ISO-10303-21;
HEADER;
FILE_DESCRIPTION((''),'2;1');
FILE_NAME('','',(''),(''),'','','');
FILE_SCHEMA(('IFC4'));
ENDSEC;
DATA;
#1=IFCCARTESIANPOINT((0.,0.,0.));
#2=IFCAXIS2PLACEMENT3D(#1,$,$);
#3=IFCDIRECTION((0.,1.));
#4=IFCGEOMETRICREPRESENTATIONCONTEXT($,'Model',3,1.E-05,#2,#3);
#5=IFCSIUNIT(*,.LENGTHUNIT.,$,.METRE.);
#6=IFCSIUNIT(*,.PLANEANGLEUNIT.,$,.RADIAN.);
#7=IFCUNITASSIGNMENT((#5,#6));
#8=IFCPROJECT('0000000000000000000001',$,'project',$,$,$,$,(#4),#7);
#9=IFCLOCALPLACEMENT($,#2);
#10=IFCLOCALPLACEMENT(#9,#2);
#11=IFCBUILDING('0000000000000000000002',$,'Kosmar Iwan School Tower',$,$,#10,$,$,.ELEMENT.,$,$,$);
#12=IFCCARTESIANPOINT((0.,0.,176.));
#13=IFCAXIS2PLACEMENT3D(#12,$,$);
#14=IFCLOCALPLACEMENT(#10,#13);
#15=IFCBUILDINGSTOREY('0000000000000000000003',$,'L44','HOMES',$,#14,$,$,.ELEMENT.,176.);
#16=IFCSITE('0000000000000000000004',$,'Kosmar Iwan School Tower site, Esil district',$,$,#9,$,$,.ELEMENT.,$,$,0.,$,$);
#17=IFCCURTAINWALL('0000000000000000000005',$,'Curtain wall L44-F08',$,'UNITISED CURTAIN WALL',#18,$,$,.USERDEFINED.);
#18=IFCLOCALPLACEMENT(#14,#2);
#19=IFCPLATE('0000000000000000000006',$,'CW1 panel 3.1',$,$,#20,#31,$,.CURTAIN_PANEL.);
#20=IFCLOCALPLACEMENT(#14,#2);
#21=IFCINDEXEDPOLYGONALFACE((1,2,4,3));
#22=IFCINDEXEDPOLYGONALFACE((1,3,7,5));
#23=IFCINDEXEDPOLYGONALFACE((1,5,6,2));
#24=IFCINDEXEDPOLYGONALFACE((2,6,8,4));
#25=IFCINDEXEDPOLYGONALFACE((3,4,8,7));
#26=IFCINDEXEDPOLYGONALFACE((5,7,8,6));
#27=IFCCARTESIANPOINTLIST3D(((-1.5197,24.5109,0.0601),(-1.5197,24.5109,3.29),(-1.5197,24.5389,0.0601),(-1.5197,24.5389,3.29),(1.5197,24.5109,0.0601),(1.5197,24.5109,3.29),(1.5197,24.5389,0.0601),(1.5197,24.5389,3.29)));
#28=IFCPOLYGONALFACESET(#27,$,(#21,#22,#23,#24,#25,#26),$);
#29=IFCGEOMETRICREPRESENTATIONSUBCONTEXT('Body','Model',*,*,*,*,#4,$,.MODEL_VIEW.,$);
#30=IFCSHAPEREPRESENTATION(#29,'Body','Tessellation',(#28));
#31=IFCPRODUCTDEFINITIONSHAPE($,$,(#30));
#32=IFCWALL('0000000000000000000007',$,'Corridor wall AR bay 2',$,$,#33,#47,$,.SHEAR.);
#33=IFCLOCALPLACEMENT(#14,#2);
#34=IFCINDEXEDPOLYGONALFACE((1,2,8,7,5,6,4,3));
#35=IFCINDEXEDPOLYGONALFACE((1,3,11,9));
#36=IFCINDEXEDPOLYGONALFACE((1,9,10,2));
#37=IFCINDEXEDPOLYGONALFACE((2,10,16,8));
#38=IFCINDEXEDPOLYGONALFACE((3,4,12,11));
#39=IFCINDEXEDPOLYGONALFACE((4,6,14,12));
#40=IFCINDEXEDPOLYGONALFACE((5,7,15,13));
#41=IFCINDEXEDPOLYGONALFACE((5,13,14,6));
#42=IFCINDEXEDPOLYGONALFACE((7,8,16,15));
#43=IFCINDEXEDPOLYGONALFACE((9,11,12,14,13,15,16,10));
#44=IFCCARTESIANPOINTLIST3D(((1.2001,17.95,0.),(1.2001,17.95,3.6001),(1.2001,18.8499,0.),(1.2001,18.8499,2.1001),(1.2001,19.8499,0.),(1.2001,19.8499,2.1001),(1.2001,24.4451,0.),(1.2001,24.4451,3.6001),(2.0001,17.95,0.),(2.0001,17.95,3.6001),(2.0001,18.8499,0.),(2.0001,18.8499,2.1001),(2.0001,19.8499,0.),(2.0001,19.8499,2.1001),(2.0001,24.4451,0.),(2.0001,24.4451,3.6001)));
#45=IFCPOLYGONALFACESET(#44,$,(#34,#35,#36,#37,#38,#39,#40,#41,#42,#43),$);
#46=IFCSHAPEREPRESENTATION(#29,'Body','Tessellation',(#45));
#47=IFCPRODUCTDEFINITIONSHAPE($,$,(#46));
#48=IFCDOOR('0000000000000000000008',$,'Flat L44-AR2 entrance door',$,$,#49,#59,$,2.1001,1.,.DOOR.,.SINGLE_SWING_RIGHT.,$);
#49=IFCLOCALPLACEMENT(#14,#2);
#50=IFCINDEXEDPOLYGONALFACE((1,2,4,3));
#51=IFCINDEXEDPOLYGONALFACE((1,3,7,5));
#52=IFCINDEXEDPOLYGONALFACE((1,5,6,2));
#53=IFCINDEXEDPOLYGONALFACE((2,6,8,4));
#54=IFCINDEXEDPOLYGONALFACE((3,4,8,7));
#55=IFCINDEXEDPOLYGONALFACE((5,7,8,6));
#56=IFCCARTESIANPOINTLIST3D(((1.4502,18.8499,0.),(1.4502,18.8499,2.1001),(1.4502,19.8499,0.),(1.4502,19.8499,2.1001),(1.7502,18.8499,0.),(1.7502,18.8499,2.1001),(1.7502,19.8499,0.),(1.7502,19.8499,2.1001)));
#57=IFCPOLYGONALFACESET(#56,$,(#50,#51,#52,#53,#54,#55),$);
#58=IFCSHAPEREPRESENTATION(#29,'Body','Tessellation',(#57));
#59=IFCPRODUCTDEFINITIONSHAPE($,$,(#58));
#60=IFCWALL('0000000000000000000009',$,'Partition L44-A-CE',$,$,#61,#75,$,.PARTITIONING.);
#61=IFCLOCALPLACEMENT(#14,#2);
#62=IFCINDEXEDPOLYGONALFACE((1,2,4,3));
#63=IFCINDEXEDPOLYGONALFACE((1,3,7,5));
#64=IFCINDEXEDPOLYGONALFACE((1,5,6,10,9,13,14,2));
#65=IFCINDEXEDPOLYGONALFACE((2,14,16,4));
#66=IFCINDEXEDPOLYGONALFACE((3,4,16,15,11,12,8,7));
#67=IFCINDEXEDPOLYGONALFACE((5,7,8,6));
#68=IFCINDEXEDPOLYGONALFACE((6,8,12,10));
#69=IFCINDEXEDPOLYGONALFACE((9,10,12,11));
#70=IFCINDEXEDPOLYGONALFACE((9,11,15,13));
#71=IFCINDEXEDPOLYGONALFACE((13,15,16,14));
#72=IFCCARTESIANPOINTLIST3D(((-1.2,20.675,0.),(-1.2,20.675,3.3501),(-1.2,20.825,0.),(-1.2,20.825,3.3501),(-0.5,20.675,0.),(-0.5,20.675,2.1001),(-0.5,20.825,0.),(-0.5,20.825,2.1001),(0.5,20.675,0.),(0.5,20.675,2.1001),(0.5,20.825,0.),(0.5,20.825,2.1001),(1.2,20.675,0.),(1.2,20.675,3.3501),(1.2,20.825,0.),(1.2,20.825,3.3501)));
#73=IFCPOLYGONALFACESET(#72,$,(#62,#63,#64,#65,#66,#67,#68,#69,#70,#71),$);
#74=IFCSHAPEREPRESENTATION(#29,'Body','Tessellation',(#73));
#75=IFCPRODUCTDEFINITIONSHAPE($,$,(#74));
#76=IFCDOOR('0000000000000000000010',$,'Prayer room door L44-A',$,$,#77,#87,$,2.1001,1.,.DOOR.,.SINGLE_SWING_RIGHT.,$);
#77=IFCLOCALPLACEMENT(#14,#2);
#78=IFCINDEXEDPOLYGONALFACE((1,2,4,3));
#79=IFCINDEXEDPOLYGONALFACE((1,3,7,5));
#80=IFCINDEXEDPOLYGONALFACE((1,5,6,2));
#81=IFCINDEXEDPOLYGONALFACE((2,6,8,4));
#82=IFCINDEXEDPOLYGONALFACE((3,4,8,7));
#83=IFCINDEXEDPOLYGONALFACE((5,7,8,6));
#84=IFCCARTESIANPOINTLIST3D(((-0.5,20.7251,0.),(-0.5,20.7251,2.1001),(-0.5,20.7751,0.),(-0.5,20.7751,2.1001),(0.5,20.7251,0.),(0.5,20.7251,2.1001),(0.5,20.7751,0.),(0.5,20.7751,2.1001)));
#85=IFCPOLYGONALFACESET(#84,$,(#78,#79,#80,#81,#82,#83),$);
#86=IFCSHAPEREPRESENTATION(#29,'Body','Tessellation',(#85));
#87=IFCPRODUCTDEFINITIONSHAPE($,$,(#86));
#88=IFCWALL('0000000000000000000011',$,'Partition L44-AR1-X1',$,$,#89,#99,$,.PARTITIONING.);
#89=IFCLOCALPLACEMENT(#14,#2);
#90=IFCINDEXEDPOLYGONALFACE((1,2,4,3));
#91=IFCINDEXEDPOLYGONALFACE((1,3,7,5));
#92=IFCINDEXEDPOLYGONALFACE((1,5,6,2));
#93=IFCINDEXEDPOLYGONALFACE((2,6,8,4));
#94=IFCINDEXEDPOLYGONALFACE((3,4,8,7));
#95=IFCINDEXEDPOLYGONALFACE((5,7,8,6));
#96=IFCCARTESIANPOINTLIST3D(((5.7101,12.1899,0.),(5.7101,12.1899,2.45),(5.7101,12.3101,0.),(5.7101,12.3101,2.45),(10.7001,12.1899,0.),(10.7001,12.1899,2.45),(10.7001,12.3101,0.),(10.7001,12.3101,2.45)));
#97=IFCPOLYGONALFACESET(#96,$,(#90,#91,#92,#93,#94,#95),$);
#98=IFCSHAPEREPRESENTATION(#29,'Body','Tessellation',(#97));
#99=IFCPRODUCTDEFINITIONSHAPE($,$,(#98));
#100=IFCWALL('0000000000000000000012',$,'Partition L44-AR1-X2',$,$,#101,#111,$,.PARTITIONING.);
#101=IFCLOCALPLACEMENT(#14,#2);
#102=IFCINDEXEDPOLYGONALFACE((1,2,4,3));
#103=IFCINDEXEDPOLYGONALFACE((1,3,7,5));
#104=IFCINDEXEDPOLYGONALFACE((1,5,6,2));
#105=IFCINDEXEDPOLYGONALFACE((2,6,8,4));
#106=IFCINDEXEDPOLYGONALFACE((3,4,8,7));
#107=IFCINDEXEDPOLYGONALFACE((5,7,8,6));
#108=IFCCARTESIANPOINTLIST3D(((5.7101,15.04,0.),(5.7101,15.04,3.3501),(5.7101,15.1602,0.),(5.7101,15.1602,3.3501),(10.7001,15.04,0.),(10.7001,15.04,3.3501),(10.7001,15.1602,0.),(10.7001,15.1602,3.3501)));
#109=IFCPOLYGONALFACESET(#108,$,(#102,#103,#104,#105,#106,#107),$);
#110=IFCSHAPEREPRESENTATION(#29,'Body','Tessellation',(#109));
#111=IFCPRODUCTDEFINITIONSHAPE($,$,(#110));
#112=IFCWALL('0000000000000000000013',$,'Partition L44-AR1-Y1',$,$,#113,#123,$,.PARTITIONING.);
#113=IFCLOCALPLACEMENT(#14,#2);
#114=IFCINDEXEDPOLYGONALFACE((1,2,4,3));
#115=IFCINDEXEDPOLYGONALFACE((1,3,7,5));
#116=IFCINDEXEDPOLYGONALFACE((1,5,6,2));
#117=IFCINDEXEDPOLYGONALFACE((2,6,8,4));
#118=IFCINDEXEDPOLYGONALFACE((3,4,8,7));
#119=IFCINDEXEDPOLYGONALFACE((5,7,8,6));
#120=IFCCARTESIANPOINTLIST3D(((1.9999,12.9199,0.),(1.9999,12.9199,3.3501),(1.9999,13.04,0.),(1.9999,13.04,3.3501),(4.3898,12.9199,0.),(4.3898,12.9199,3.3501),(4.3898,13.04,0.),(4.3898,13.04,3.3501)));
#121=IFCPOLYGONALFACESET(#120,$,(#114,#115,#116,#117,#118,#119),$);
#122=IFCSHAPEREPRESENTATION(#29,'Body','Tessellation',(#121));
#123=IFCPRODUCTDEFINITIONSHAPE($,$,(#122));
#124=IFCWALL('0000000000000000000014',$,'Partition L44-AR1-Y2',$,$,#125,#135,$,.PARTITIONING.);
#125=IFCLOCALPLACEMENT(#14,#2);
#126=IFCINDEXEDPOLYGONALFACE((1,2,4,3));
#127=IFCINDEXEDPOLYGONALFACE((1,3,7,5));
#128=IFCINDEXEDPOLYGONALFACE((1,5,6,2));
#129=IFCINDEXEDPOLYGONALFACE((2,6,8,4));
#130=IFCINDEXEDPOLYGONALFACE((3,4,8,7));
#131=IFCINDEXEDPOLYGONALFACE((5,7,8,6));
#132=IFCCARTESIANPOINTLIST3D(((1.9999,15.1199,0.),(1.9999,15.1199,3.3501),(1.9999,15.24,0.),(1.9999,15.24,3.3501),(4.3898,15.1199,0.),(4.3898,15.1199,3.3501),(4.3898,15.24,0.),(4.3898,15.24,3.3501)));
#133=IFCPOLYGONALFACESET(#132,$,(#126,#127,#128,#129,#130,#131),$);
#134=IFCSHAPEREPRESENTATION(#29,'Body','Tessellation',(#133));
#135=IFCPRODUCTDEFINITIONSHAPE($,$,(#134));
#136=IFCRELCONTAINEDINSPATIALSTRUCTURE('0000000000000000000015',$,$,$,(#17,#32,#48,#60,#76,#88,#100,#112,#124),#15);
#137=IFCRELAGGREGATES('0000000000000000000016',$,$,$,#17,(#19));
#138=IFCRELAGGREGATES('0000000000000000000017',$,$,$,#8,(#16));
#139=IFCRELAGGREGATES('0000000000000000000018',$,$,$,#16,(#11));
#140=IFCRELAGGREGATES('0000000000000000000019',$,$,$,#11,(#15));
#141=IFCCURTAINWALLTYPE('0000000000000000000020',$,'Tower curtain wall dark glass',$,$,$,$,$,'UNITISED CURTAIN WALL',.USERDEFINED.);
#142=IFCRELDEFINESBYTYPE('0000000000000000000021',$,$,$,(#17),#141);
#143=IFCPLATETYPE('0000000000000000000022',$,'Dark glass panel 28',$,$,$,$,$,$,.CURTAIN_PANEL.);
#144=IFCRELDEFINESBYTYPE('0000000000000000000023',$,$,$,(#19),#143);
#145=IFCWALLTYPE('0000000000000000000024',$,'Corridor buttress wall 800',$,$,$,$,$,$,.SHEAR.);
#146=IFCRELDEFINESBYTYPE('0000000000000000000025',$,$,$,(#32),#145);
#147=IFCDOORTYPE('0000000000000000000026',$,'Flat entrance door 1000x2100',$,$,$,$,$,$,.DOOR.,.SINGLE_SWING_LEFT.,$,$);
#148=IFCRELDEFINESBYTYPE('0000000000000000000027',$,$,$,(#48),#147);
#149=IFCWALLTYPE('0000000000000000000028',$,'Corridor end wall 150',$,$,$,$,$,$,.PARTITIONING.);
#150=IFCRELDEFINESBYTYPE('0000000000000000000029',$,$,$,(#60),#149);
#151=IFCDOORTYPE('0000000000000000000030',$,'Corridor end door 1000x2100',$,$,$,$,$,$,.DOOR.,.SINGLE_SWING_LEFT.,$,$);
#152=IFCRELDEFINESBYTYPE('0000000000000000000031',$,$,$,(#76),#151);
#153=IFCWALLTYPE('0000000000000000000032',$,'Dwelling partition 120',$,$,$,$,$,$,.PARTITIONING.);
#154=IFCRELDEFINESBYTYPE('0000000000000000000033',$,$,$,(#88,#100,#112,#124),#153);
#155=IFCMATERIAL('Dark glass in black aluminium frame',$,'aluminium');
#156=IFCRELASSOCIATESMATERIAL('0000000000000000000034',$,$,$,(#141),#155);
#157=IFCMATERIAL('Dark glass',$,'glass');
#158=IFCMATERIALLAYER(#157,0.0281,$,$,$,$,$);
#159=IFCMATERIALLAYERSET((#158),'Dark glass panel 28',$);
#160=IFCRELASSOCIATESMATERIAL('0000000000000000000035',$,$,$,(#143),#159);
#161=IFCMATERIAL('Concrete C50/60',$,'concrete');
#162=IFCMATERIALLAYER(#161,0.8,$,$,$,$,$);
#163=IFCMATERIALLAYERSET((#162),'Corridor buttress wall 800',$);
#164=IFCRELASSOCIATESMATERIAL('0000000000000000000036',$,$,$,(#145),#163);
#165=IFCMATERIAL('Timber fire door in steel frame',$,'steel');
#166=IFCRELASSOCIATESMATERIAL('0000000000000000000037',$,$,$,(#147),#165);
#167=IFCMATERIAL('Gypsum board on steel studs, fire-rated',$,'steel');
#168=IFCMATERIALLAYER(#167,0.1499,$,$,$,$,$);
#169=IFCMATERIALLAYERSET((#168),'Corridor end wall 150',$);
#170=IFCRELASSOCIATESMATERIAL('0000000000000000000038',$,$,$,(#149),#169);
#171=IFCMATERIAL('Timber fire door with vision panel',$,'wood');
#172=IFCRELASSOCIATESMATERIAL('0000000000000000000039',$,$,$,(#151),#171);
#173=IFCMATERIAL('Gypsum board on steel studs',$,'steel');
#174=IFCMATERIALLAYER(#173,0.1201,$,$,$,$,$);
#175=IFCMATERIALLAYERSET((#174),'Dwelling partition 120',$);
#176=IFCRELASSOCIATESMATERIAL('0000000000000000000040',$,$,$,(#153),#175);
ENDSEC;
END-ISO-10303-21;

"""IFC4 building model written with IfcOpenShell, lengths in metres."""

from ifc_helpers import new_model, si_unit, direction, frame, frame_2d, origin, origin_2d, place, context, subcontext, project, spatial, rectangle, extrude, material, layer, layer_set, type_object, element, fill, aggregate, save


model = new_model("IFC4")

# Units and contexts
model_context = context("Model", 3, precision=1e-05, world=origin(), true_north=direction((0.0, 1.0)))
body_context = subcontext(model_context, "Body", "Model", "MODEL_VIEW")
ifc_project = project(units=[si_unit("LENGTHUNIT", "METRE"), si_unit("PLANEANGLEUNIT", "RADIAN")], contexts=[model_context])

# Site, building, storey
site_placement = place(None, origin())
site = spatial("IfcSite", under=ifc_project, at=site_placement, Name="Kosmar Iwan School Tower site, Esil district", CompositionType="ELEMENT", RefElevation=0.0)
building_placement = place(site_placement, origin())
building = spatial("IfcBuilding", under=site, at=building_placement, Name="Kosmar Iwan School Tower", CompositionType="ELEMENT")
storey_placement = place(building_placement, frame((0.0, 0.0, 176.0)))
storey = spatial("IfcBuildingStorey", under=building, at=storey_placement, Name="L44", Description="HOMES", CompositionType="ELEMENT", Elevation=176.0)

# Curtain wall
ifc_material_1 = material(Name="Dark glass in black aluminium frame", Category="aluminium")
curtain_wall_type = type_object("IfcCurtainWallType", Name="Tower curtain wall dark glass", ElementType="UNITISED CURTAIN WALL", PredefinedType="USERDEFINED", material=ifc_material_1)
curtain_wall_placement = place(storey_placement, origin())
curtain_wall = element("IfcCurtainWall", 1, at=curtain_wall_placement, inside=storey, type_object=curtain_wall_type, Name="Curtain wall L44-F08", ObjectType="UNITISED CURTAIN WALL", PredefinedType="USERDEFINED")

# Plate
ifc_material_2 = material(Name="Dark glass", Category="glass")
ifc_layer_1 = layer(ifc_material_2, 0.0281)
ifc_layer_set_1 = layer_set([ifc_layer_1], Name="Dark glass panel 28")
plate_type = type_object("IfcPlateType", Name="Dark glass panel 28", PredefinedType="CURTAIN_PANEL", material=ifc_layer_set_1)
plate_1_placement = place(storey_placement, frame((0.0, 24.5249, 0.0601), z_axis=(0.0, 0.0, 1.0), x_axis=(-1.0, 0.0, 0.0)))
plate_1 = element("IfcPlate", 2, at=plate_1_placement, type_object=plate_type, Name="CW1 panel 3.1", PredefinedType="CURTAIN_PANEL", context=body_context, shape_type="SweptSolid", body=[
    extrude(rectangle(XDim=3.0393, YDim=0.0281, at=origin_2d()), origin(), (0.0, 0.0, 1.0), 3.23),
])
aggregate(curtain_wall, [plate_1])

# Walls, openings, doors
ifc_material_3 = material(Name="Concrete C50/60", Category="concrete")
ifc_layer_2 = layer(ifc_material_3, 0.8)
ifc_layer_set_2 = layer_set([ifc_layer_2], Name="Corridor buttress wall 800")
wall_type_1 = type_object("IfcWallType", Name="Corridor buttress wall 800", PredefinedType="SHEAR", material=ifc_layer_set_2)
wall_1_placement = place(storey_placement, frame((1.6001, 17.95, 0.0), z_axis=(0.0, 0.0, 1.0), x_axis=(0.0, 1.0, 0.0)))
wall_1 = element("IfcWall", 3, at=wall_1_placement, inside=storey, type_object=wall_type_1, Name="Corridor wall AR bay 2", PredefinedType="SHEAR", context=body_context, shape_type="SweptSolid", body=[
    extrude(rectangle(XDim=6.4951, YDim=0.8, at=frame_2d((3.2476, 0.0))), origin(), (0.0, 0.0, 1.0), 3.6001),
])
opening_1_placement = place(wall_1_placement, frame((0.8999, 0.0, 0.0)))
opening_1 = element("IfcOpeningElement", 4, at=opening_1_placement, cuts=wall_1, PredefinedType="OPENING", context=body_context, shape_type="SweptSolid", body=[
    extrude(rectangle(XDim=1.0, YDim=2.1001, at=frame_2d((0.5, 1.05))), frame((0.0, 0.4121, 0.0), z_axis=(0.0, -1.0, 0.0), x_axis=(1.0, 0.0, 0.0)), (0.0, 0.0, 1.0), 0.824),
])
ifc_material_4 = material(Name="Timber fire door in steel frame", Category="steel")
door_type_1 = type_object("IfcDoorType", Name="Flat entrance door 1000x2100", OperationType="SINGLE_SWING_LEFT", PredefinedType="DOOR", material=ifc_material_4)
door_1_placement = place(opening_1_placement, origin())
door_1 = element("IfcDoor", 5, at=door_1_placement, inside=storey, type_object=door_type_1, Name="Flat L44-AR2 entrance door", OperationType="SINGLE_SWING_RIGHT", OverallHeight=2.1001, OverallWidth=1.0, PredefinedType="DOOR", context=body_context, shape_type="SweptSolid", body=[
    extrude(rectangle(XDim=1.0, YDim=2.1001, at=frame_2d((0.5, 1.05))), frame((0.0, 0.1499, 0.0), z_axis=(0.0, -1.0, 0.0), x_axis=(1.0, 0.0, 0.0)), (0.0, 0.0, 1.0), 0.3),
])
fill(opening_1, door_1)
ifc_material_5 = material(Name="Gypsum board on steel studs, fire-rated", Category="steel")
ifc_layer_3 = layer(ifc_material_5, 0.1499)
ifc_layer_set_3 = layer_set([ifc_layer_3], Name="Corridor end wall 150")
wall_type_2 = type_object("IfcWallType", Name="Corridor end wall 150", PredefinedType="PARTITIONING", material=ifc_layer_set_3)
wall_2_placement = place(storey_placement, frame((1.2, 20.75, 0.0), z_axis=(0.0, 0.0, 1.0), x_axis=(-1.0, 0.0, 0.0)))
wall_2 = element("IfcWall", 6, at=wall_2_placement, inside=storey, type_object=wall_type_2, Name="Partition L44-A-CE", PredefinedType="PARTITIONING", context=body_context, shape_type="SweptSolid", body=[
    extrude(rectangle(XDim=2.3999, YDim=0.1499, at=frame_2d((1.2, 0.0))), origin(), (0.0, 0.0, 1.0), 3.3501),
])
opening_2_placement = place(wall_2_placement, frame((0.7, 0.0, 0.0)))
opening_2 = element("IfcOpeningElement", 7, at=opening_2_placement, cuts=wall_2, PredefinedType="OPENING", context=body_context, shape_type="SweptSolid", body=[
    extrude(rectangle(XDim=1.0, YDim=2.1001, at=frame_2d((0.5, 1.05))), frame((0.0, 0.0869, 0.0), z_axis=(0.0, -1.0, 0.0), x_axis=(1.0, 0.0, 0.0)), (0.0, 0.0, 1.0), 0.1738),
])
ifc_material_6 = material(Name="Timber fire door with vision panel", Category="wood")
door_type_2 = type_object("IfcDoorType", Name="Corridor end door 1000x2100", OperationType="SINGLE_SWING_LEFT", PredefinedType="DOOR", material=ifc_material_6)
door_2_placement = place(opening_2_placement, origin())
door_2 = element("IfcDoor", 8, at=door_2_placement, inside=storey, type_object=door_type_2, Name="Prayer room door L44-A", OperationType="SINGLE_SWING_RIGHT", OverallHeight=2.1001, OverallWidth=1.0, PredefinedType="DOOR", context=body_context, shape_type="SweptSolid", body=[
    extrude(rectangle(XDim=1.0, YDim=2.1001, at=frame_2d((0.5, 1.05))), frame((0.0, 0.0249, 0.0), z_axis=(0.0, -1.0, 0.0), x_axis=(1.0, 0.0, 0.0)), (0.0, 0.0, 1.0), 0.05),
])
fill(opening_2, door_2)

# Walls
ifc_material_7 = material(Name="Gypsum board on steel studs", Category="steel")
ifc_layer_4 = layer(ifc_material_7, 0.1201)
ifc_layer_set_4 = layer_set([ifc_layer_4], Name="Dwelling partition 120")
wall_type_3 = type_object("IfcWallType", Name="Dwelling partition 120", PredefinedType="PARTITIONING", material=ifc_layer_set_4)
wall_3_placement = place(storey_placement, frame((5.71, 12.25, 0.0), z_axis=(0.0, 0.0, 1.0), x_axis=(1.0, 0.0, 0.0)))
element("IfcWall", 9, at=wall_3_placement, inside=storey, type_object=wall_type_3, Name="Partition L44-AR1-X1", PredefinedType="PARTITIONING", context=body_context, shape_type="SweptSolid", body=[
    extrude(rectangle(XDim=4.99, YDim=0.1201, at=frame_2d((2.4951, 0.0))), origin(), (0.0, 0.0, 1.0), 2.45),
])
wall_4_placement = place(storey_placement, frame((5.71, 15.1001, 0.0), z_axis=(0.0, 0.0, 1.0), x_axis=(1.0, 0.0, 0.0)))
element("IfcWall", 10, at=wall_4_placement, inside=storey, type_object=wall_type_3, Name="Partition L44-AR1-X2", PredefinedType="PARTITIONING", context=body_context, shape_type="SweptSolid", body=[
    extrude(rectangle(XDim=4.99, YDim=0.1201, at=frame_2d((2.4951, 0.0))), origin(), (0.0, 0.0, 1.0), 3.3501),
])
for number, where, z_axis, x_axis, name in (
    (11, (2.0, 12.98, 0.0), (0.0, 0.0, 1.0), (1.0, 0.0, 0.0), "Partition L44-AR1-Y1"),
    (12, (2.0, 15.1799, 0.0), (0.0, 0.0, 1.0), (1.0, 0.0, 0.0), "Partition L44-AR1-Y2"),
):
    element("IfcWall", number, at=place(storey_placement, frame(where, z_axis=z_axis, x_axis=x_axis)), inside=storey, type_object=wall_type_3, Name=name, PredefinedType="PARTITIONING", context=body_context, shape_type="SweptSolid", body=[
        extrude(rectangle(XDim=2.3899, YDim=0.1201, at=frame_2d((1.1948, 0.0))), origin(), (0.0, 0.0, 1.0), 3.3501),
    ])

save(model, "model.ifc")
